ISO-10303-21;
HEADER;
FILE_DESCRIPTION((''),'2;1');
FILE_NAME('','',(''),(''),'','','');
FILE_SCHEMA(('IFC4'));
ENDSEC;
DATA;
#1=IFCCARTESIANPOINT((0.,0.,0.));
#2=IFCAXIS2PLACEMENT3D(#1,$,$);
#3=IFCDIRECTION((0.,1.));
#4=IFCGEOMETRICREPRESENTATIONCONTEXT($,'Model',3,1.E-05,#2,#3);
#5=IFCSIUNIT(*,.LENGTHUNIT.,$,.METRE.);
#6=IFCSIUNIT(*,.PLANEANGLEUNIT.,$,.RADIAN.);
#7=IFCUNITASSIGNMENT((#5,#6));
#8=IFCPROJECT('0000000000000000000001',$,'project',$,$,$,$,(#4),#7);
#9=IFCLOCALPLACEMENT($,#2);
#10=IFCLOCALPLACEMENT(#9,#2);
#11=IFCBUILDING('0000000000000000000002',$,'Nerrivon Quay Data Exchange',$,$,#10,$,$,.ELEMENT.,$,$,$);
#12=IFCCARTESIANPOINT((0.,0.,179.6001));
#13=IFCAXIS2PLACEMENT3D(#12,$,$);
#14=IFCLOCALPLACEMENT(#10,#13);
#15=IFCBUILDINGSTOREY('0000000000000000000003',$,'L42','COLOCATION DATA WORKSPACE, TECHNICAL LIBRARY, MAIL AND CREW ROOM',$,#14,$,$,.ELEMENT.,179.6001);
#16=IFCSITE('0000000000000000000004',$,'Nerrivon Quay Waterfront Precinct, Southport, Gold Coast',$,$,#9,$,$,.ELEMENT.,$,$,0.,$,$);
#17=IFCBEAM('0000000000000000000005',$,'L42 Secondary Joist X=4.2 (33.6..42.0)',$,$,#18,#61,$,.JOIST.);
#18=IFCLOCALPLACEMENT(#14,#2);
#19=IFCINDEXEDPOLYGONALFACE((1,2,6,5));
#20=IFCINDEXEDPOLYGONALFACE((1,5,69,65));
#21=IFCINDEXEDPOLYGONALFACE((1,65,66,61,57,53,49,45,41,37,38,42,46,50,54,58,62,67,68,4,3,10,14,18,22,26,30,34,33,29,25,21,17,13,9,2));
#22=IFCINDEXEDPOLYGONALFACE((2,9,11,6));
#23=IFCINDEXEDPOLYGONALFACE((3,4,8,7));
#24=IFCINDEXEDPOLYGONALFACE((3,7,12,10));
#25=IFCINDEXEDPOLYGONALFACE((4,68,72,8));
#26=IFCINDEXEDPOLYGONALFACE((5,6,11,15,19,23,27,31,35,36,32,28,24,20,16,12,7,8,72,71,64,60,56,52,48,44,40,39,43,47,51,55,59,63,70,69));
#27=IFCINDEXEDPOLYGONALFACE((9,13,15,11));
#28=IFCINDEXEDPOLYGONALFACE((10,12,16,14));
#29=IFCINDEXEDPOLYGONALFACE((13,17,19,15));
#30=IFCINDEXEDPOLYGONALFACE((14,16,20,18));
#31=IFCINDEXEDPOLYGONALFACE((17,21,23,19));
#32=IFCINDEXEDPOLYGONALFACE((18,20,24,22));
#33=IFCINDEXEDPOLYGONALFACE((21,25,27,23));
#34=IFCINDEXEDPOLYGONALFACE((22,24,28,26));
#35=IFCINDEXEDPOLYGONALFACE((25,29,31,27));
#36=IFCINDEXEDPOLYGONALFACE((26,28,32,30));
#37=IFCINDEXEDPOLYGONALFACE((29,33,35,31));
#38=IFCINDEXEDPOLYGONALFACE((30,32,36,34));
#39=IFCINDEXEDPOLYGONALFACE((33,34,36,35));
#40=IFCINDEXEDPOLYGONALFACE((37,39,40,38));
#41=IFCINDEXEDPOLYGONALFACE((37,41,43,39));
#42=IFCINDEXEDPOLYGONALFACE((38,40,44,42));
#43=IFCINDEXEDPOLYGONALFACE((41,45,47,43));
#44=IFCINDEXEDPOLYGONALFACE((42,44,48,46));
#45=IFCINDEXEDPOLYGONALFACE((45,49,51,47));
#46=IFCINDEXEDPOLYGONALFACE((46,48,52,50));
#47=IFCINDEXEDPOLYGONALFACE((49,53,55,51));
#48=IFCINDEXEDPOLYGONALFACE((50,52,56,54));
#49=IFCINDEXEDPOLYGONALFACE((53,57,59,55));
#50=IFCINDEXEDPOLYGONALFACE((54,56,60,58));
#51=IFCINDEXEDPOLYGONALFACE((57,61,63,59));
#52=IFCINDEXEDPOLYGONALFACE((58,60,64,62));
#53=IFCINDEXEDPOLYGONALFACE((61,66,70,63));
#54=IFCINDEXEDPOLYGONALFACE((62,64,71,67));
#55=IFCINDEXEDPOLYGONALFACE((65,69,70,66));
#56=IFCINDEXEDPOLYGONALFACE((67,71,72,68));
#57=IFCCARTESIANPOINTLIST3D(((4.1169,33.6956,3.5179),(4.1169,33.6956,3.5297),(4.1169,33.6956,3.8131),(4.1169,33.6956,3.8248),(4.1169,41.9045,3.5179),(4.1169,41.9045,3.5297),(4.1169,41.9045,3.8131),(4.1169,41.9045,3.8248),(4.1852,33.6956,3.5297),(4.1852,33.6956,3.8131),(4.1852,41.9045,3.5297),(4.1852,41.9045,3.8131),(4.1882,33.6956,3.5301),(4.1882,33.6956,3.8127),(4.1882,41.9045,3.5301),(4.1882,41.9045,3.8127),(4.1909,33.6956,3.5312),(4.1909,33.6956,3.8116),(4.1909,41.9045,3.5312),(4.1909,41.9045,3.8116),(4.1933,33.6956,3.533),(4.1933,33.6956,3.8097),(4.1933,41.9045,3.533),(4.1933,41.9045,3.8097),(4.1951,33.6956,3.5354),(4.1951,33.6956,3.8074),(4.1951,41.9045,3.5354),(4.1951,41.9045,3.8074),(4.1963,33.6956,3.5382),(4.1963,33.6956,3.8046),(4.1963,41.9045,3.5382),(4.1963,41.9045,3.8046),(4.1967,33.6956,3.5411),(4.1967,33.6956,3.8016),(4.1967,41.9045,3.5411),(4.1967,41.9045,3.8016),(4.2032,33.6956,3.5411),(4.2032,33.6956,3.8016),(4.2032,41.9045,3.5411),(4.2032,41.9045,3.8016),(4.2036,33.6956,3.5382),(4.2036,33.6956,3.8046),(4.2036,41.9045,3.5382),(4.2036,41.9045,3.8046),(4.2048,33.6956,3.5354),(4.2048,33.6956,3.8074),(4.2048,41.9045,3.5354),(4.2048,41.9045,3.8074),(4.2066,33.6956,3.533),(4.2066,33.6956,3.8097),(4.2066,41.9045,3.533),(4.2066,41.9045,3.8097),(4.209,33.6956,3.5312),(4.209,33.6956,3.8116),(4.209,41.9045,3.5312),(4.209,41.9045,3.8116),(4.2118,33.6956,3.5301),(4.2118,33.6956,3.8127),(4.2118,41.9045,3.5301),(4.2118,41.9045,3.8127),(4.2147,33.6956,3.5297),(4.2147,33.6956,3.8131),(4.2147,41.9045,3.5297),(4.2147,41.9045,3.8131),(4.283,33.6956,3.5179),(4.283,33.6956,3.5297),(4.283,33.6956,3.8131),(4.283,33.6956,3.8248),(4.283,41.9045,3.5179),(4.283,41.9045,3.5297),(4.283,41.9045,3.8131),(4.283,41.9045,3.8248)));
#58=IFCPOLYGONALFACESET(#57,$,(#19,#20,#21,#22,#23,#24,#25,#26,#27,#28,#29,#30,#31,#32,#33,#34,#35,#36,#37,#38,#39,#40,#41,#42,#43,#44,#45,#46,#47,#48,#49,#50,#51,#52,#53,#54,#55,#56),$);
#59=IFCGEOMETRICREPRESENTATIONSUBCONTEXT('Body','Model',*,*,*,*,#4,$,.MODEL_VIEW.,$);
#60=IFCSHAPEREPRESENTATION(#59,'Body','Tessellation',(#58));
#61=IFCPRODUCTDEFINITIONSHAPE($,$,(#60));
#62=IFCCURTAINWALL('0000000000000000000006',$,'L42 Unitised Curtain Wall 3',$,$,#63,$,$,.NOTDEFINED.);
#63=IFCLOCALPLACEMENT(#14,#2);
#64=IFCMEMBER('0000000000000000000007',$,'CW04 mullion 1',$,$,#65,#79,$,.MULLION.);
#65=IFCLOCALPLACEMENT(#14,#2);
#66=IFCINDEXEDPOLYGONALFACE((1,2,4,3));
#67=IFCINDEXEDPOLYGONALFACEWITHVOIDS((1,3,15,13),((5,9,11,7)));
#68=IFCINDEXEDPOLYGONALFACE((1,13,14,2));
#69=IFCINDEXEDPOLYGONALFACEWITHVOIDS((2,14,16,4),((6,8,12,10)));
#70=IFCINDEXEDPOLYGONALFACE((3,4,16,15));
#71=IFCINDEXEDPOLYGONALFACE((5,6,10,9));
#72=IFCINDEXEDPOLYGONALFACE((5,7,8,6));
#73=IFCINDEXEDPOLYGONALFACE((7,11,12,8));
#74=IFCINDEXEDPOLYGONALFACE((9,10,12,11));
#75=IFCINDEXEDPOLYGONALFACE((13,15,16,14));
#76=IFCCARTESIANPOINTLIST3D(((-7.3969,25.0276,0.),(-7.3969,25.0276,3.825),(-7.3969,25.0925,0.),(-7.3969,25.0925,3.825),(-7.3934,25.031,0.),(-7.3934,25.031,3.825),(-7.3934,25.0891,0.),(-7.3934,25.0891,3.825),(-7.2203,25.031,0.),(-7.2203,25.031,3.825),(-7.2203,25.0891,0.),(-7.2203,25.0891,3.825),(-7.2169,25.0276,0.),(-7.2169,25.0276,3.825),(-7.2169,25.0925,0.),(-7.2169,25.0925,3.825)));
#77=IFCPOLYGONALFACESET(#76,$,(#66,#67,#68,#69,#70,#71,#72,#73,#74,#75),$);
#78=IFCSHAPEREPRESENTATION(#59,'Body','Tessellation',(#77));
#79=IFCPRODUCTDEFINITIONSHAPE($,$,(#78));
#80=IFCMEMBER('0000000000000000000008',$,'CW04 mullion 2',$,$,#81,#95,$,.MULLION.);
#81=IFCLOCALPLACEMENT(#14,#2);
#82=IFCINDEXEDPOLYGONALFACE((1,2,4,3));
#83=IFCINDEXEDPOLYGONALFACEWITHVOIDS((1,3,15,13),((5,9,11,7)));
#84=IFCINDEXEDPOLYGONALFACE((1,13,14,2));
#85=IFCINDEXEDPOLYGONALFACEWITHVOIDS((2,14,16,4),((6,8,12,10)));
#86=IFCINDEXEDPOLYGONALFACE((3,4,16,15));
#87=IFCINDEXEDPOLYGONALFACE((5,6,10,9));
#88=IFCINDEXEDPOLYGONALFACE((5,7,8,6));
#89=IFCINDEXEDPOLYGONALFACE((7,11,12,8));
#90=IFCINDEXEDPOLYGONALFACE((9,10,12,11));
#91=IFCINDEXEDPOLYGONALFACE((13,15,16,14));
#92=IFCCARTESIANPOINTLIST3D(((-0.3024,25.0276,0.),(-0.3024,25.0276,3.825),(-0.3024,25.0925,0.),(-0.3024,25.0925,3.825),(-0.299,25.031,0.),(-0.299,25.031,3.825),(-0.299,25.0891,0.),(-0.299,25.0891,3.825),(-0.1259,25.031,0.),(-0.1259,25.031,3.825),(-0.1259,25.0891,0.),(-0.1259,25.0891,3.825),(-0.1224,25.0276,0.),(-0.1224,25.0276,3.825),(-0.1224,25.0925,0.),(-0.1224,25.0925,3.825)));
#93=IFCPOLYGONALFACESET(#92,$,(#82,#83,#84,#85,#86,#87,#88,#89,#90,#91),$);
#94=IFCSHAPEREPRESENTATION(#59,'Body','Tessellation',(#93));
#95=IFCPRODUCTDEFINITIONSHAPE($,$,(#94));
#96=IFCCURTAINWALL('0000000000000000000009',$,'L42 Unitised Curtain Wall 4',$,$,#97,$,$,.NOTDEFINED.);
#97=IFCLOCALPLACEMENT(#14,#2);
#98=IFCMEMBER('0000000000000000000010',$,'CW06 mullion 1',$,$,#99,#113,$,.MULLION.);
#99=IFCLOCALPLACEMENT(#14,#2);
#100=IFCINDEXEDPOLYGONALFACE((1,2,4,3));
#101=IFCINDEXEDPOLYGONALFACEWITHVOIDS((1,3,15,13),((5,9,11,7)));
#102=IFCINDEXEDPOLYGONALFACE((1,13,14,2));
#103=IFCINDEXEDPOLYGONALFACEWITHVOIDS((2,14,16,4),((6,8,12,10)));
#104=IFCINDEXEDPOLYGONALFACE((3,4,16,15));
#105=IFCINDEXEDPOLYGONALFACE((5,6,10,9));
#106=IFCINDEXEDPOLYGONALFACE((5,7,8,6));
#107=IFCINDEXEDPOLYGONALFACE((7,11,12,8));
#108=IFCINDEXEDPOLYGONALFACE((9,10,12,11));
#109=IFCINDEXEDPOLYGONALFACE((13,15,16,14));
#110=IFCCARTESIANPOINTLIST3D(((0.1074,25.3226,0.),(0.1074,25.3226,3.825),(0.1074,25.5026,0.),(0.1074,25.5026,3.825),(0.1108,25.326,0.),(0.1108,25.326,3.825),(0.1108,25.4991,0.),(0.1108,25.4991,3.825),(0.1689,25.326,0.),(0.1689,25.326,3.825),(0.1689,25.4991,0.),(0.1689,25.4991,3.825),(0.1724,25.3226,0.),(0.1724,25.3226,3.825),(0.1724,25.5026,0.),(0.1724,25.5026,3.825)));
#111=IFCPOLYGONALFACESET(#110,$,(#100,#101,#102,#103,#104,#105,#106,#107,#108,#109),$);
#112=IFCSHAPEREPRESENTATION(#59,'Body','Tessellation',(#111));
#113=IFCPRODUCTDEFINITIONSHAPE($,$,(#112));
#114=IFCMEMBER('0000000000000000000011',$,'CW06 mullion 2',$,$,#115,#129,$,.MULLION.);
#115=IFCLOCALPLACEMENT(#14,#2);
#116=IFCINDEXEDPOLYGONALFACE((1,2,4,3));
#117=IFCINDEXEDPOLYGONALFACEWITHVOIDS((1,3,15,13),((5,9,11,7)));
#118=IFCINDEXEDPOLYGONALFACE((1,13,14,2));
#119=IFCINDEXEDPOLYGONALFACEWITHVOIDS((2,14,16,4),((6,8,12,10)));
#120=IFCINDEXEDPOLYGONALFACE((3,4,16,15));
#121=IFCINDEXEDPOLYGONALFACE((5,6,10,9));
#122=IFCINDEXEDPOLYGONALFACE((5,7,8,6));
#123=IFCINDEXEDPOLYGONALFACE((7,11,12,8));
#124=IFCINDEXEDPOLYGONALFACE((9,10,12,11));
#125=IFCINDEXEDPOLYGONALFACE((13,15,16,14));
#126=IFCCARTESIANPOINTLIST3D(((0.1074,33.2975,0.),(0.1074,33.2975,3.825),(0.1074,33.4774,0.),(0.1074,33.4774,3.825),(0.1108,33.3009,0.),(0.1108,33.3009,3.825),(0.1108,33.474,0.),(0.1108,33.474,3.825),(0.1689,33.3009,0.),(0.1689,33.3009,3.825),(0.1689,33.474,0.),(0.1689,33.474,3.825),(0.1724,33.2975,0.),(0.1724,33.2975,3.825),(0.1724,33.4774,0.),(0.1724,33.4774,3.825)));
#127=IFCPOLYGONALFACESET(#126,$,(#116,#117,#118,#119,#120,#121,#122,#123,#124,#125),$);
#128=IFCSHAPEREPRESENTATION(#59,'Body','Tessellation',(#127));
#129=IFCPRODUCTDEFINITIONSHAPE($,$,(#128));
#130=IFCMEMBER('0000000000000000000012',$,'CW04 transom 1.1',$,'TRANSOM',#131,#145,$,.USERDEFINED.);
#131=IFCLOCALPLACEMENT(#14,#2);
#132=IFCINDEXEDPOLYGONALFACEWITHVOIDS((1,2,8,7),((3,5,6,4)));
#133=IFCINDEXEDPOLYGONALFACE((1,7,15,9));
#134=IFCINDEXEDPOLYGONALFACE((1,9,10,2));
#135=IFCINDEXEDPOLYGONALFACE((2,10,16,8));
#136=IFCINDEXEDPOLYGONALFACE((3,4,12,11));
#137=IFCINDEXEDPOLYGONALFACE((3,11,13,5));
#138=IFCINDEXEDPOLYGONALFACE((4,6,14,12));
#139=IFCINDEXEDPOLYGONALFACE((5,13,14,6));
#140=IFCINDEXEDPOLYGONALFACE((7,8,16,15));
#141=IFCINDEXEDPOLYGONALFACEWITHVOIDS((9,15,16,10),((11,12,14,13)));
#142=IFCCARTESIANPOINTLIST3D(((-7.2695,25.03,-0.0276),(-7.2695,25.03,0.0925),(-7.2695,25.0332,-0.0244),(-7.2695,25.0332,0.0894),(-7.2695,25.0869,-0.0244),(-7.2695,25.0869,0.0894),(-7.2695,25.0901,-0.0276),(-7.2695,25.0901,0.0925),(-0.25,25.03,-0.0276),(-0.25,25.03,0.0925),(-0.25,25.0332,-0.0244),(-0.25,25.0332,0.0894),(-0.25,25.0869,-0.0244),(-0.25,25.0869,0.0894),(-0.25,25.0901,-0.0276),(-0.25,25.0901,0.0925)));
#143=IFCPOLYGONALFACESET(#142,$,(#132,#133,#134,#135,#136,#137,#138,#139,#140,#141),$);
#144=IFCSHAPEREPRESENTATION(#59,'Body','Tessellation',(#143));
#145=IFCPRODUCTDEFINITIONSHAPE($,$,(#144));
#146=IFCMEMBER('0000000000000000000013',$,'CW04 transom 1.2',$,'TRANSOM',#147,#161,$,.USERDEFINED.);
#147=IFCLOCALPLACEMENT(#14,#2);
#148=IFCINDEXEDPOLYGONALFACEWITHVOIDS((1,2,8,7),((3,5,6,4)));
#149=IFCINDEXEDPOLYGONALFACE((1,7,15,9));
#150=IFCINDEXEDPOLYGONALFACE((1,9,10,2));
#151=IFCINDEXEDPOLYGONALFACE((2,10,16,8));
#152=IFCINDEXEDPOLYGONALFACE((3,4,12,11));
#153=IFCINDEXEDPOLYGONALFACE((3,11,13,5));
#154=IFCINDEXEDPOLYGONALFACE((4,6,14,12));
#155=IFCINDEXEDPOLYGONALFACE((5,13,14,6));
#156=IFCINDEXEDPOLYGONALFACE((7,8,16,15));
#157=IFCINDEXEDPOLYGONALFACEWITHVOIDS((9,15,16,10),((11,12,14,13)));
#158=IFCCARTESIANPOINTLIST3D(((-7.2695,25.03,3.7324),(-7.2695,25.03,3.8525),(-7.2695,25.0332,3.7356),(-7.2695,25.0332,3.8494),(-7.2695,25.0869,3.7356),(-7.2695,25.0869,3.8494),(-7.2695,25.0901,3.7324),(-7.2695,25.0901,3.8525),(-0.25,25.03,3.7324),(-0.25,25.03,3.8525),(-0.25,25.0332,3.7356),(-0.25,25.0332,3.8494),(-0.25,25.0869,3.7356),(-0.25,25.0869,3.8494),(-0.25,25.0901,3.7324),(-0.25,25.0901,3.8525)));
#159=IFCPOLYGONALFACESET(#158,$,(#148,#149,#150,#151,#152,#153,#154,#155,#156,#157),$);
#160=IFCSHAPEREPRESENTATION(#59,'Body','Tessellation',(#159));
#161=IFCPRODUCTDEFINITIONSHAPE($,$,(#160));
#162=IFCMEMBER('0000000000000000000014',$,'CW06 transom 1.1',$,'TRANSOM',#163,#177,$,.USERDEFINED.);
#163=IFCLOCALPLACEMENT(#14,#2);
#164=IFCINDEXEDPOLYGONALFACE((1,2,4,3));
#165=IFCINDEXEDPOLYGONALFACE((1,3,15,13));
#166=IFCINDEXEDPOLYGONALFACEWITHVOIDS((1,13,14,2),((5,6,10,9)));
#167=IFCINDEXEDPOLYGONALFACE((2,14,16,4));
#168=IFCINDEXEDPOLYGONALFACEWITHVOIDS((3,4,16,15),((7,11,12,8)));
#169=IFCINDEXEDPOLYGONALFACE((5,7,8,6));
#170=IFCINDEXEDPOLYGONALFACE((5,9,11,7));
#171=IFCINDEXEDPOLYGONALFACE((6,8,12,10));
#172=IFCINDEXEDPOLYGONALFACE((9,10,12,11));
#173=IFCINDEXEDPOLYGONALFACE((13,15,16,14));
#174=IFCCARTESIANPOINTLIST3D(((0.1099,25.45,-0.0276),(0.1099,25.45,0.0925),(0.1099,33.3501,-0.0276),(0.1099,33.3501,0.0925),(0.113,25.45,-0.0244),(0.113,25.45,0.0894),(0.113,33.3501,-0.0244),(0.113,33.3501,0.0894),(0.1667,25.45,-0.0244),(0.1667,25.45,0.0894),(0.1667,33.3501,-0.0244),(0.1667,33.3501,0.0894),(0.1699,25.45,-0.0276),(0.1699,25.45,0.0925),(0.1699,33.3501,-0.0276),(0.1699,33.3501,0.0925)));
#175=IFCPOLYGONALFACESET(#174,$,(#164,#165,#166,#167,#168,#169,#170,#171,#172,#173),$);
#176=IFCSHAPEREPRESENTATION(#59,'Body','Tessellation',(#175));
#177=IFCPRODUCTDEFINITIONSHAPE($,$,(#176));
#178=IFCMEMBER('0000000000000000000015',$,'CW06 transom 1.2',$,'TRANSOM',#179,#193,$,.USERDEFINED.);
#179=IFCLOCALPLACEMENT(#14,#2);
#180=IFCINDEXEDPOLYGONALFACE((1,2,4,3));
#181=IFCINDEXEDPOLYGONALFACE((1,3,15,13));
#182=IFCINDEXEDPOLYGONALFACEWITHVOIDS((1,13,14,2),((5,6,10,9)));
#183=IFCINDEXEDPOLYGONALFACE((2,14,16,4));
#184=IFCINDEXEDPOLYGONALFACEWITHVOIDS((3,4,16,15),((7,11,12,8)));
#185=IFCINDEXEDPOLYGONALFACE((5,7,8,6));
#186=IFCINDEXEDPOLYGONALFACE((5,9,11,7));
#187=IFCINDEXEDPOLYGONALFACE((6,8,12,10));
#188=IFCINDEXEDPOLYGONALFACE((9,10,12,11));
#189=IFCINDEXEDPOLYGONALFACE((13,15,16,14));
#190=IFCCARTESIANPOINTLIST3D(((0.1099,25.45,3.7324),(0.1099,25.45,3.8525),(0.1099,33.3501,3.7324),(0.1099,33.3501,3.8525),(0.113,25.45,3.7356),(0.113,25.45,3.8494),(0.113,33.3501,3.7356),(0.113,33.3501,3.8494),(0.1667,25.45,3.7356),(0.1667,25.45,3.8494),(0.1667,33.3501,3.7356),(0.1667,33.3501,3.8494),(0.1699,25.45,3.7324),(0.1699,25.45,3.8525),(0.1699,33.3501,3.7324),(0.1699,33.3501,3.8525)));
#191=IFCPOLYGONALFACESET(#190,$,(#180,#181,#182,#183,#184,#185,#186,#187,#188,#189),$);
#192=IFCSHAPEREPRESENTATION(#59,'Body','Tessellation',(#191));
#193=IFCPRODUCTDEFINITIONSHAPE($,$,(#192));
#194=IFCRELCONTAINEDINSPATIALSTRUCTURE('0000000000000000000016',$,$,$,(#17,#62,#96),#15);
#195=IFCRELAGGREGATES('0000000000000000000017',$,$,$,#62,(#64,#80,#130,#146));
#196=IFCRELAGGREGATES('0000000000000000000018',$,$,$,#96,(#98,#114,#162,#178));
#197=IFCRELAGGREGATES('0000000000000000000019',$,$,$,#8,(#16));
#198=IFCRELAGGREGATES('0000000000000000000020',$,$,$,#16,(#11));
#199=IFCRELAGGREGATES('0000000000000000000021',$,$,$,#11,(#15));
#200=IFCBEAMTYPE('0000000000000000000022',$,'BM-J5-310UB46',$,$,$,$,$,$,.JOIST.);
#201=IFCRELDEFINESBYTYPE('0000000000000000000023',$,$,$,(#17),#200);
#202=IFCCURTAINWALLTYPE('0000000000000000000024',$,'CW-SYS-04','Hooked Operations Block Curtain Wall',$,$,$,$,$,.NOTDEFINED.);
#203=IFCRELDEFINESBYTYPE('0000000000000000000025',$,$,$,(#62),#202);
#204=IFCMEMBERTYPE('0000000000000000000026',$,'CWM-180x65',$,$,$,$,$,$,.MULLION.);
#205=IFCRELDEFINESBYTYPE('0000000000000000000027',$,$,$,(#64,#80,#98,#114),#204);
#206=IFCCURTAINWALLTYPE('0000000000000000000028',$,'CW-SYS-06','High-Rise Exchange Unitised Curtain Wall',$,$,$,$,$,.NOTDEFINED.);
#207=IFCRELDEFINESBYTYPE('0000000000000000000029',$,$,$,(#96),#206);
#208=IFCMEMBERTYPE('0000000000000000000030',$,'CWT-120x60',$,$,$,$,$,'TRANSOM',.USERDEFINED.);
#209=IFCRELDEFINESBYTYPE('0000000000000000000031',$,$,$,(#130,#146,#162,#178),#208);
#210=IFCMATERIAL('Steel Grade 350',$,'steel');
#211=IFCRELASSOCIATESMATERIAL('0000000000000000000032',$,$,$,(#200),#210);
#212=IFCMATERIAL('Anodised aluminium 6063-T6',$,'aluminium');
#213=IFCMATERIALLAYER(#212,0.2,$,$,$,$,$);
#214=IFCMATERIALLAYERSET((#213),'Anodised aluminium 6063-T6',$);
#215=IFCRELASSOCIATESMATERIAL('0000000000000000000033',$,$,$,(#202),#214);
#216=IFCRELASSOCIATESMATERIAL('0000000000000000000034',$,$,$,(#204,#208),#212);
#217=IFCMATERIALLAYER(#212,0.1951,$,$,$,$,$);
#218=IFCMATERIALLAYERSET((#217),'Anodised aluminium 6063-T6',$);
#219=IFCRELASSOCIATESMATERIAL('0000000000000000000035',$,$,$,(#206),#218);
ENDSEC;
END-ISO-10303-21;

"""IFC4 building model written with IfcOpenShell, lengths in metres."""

from ifc_helpers import new_model, si_unit, direction, frame, origin, origin_2d, place, context, subcontext, project, spatial, hollow_rectangle, i_section, extrude, material, layer, layer_set, material_profile, profile_set, type_object, element, aggregate, save


model = new_model("IFC4")

# Units and contexts
model_context = context("Model", 3, precision=1e-05, world=origin(), true_north=direction((0.0, 1.0)))
body_context = subcontext(model_context, "Body", "Model", "MODEL_VIEW")
ifc_project = project(units=[si_unit("LENGTHUNIT", "METRE"), si_unit("PLANEANGLEUNIT", "RADIAN")], contexts=[model_context])

# Site, building, storey
site_placement = place(None, origin())
site = spatial("IfcSite", under=ifc_project, at=site_placement, Name="Nerrivon Quay Waterfront Precinct, Southport, Gold Coast", CompositionType="ELEMENT", RefElevation=0.0)
building_placement = place(site_placement, origin())
building = spatial("IfcBuilding", under=site, at=building_placement, Name="Nerrivon Quay Data Exchange", CompositionType="ELEMENT")
storey_placement = place(building_placement, frame((0.0, 0.0, 179.6001)))
storey = spatial("IfcBuildingStorey", under=building, at=storey_placement, Name="L42", Description="COLOCATION DATA WORKSPACE, TECHNICAL LIBRARY, MAIL AND CREW ROOM", CompositionType="ELEMENT", Elevation=179.6001)

# Shared definitions
ifc_material_1 = material(Name="Steel Grade 350", Category="steel")

# Beam
ifc_material_profile_1 = material_profile(ifc_material_1, i_section(OverallWidth=0.166, OverallDepth=0.3069, WebThickness=0.0066, FlangeThickness=0.0117, FilletRadius=0.0115, at=origin_2d()), Name="310UB46.2")
ifc_profile_set_1 = profile_set([ifc_material_profile_1], Name="Steel Grade 350")
beam_type_1 = type_object("IfcBeamType", Name="BM-J5-310UB46", PredefinedType="JOIST", material=ifc_profile_set_1)
beam_1_placement = place(storey_placement, frame((4.2, 33.6956, 3.6714), z_axis=(0.0, 1.0, 0.0), x_axis=(-1.0, 0.0, 0.0)))
element("IfcBeam", 1, at=beam_1_placement, inside=storey, type_object=beam_type_1, Name="L42 Secondary Joist X=4.2 (33.6..42.0)", PredefinedType="JOIST", context=body_context, shape_type="SweptSolid", body=[
    extrude(i_section(OverallWidth=0.166, OverallDepth=0.3069, WebThickness=0.0066, FlangeThickness=0.0117, FilletRadius=0.0115, at=origin_2d()), origin(), (0.0, 0.0, 1.0), 8.209),
])

# Curtain walls, members
ifc_material_2 = material(Name="Anodised aluminium 6063-T6", Category="aluminium")
ifc_layer_1 = layer(ifc_material_2, 0.2)
ifc_layer_set_1 = layer_set([ifc_layer_1], Name="Anodised aluminium 6063-T6")
curtain_wall_type_1 = type_object("IfcCurtainWallType", Name="CW-SYS-04", Description="Hooked Operations Block Curtain Wall", PredefinedType="NOTDEFINED", material=ifc_layer_set_1)
curtain_wall_1_placement = place(storey_placement, origin())
curtain_wall_1 = element("IfcCurtainWall", 2, at=curtain_wall_1_placement, inside=storey, type_object=curtain_wall_type_1, Name="L42 Unitised Curtain Wall 3", PredefinedType="NOTDEFINED")
ifc_material_profile_2 = material_profile(ifc_material_2, hollow_rectangle(XDim=0.0649, YDim=0.1799, WallThickness=0.0034, at=origin_2d()), Name="ALU-MULL-180x65")
ifc_profile_set_2 = profile_set([ifc_material_profile_2], Name="Anodised aluminium 6063-T6")
member_type_1 = type_object("IfcMemberType", Name="CWM-180x65", PredefinedType="MULLION", material=ifc_profile_set_2)
member_1_placement = place(storey_placement, frame((-7.3069, 25.0601, 0.0), z_axis=(0.0, 0.0, 1.0), x_axis=(0.0, 1.0, 0.0)))
member_1 = element("IfcMember", 3, at=member_1_placement, type_object=member_type_1, Name="CW04 mullion 1", PredefinedType="MULLION", context=body_context, shape_type="SweptSolid", body=[
    extrude(hollow_rectangle(XDim=0.0649, YDim=0.1799, WallThickness=0.0034, at=origin_2d()), origin(), (0.0, 0.0, 1.0), 3.825),
])
member_2_placement = place(storey_placement, frame((-0.2124, 25.0601, 0.0), z_axis=(0.0, 0.0, 1.0), x_axis=(0.0, 1.0, 0.0)))
member_2 = element("IfcMember", 4, at=member_2_placement, type_object=member_type_1, Name="CW04 mullion 2", PredefinedType="MULLION", context=body_context, shape_type="SweptSolid", body=[
    extrude(hollow_rectangle(XDim=0.0649, YDim=0.1799, WallThickness=0.0034, at=origin_2d()), origin(), (0.0, 0.0, 1.0), 3.825),
])
ifc_layer_2 = layer(ifc_material_2, 0.1951)
ifc_layer_set_2 = layer_set([ifc_layer_2], Name="Anodised aluminium 6063-T6")
curtain_wall_type_2 = type_object("IfcCurtainWallType", Name="CW-SYS-06", Description="High-Rise Exchange Unitised Curtain Wall", PredefinedType="NOTDEFINED", material=ifc_layer_set_2)
curtain_wall_2_placement = place(storey_placement, origin())
curtain_wall_2 = element("IfcCurtainWall", 5, at=curtain_wall_2_placement, inside=storey, type_object=curtain_wall_type_2, Name="L42 Unitised Curtain Wall 4", PredefinedType="NOTDEFINED")
member_3_placement = place(storey_placement, frame((0.1399, 25.4126, 0.0), z_axis=(0.0, 0.0, 1.0), x_axis=(-1.0, 0.0, 0.0)))
member_3 = element("IfcMember", 6, at=member_3_placement, type_object=member_type_1, Name="CW06 mullion 1", PredefinedType="MULLION", context=body_context, shape_type="SweptSolid", body=[
    extrude(hollow_rectangle(XDim=0.0649, YDim=0.1799, WallThickness=0.0034, at=origin_2d()), origin(), (0.0, 0.0, 1.0), 3.825),
])
member_4_placement = place(storey_placement, frame((0.1399, 33.3875, 0.0), z_axis=(0.0, 0.0, 1.0), x_axis=(-1.0, 0.0, 0.0)))
member_4 = element("IfcMember", 7, at=member_4_placement, type_object=member_type_1, Name="CW06 mullion 2", PredefinedType="MULLION", context=body_context, shape_type="SweptSolid", body=[
    extrude(hollow_rectangle(XDim=0.0649, YDim=0.1799, WallThickness=0.0034, at=origin_2d()), origin(), (0.0, 0.0, 1.0), 3.825),
])

# Members
ifc_material_profile_3 = material_profile(ifc_material_2, hollow_rectangle(XDim=0.0601, YDim=0.1201, WallThickness=0.0032, at=origin_2d()), Name="ALU-TRAN-120x60")
ifc_profile_set_3 = profile_set([ifc_material_profile_3], Name="Anodised aluminium 6063-T6")
member_type_2 = type_object("IfcMemberType", Name="CWT-120x60", ElementType="TRANSOM", PredefinedType="USERDEFINED", material=ifc_profile_set_3)
member_5_placement = place(storey_placement, frame((-7.2695, 25.0601, 0.0325), z_axis=(1.0, 0.0, 0.0), x_axis=(0.0, 1.0, 0.0)))
member_5 = element("IfcMember", 8, at=member_5_placement, type_object=member_type_2, Name="CW04 transom 1.1", ObjectType="TRANSOM", PredefinedType="USERDEFINED", context=body_context, shape_type="SweptSolid", body=[
    extrude(hollow_rectangle(XDim=0.0601, YDim=0.1201, WallThickness=0.0032, at=origin_2d()), origin(), (0.0, 0.0, 1.0), 7.0195),
])
member_6_placement = place(storey_placement, frame((-7.2695, 25.0601, 3.7925), z_axis=(1.0, 0.0, 0.0), x_axis=(0.0, 1.0, 0.0)))
member_6 = element("IfcMember", 9, at=member_6_placement, type_object=member_type_2, Name="CW04 transom 1.2", ObjectType="TRANSOM", PredefinedType="USERDEFINED", context=body_context, shape_type="SweptSolid", body=[
    extrude(hollow_rectangle(XDim=0.0601, YDim=0.1201, WallThickness=0.0032, at=origin_2d()), origin(), (0.0, 0.0, 1.0), 7.0195),
])
member_7_placement = place(storey_placement, frame((0.1399, 25.45, 0.0325), z_axis=(0.0, 1.0, 0.0), x_axis=(-1.0, 0.0, 0.0)))
member_7 = element("IfcMember", 10, at=member_7_placement, type_object=member_type_2, Name="CW06 transom 1.1", ObjectType="TRANSOM", PredefinedType="USERDEFINED", context=body_context, shape_type="SweptSolid", body=[
    extrude(hollow_rectangle(XDim=0.0601, YDim=0.1201, WallThickness=0.0032, at=origin_2d()), origin(), (0.0, 0.0, 1.0), 7.9001),
])
member_8_placement = place(storey_placement, frame((0.1399, 25.45, 3.7925), z_axis=(0.0, 1.0, 0.0), x_axis=(-1.0, 0.0, 0.0)))
member_8 = element("IfcMember", 11, at=member_8_placement, type_object=member_type_2, Name="CW06 transom 1.2", ObjectType="TRANSOM", PredefinedType="USERDEFINED", context=body_context, shape_type="SweptSolid", body=[
    extrude(hollow_rectangle(XDim=0.0601, YDim=0.1201, WallThickness=0.0032, at=origin_2d()), origin(), (0.0, 0.0, 1.0), 7.9001),
])

aggregate(curtain_wall_1, [member_1, member_2, member_5, member_6])
aggregate(curtain_wall_2, [member_3, member_4, member_7, member_8])

save(model, "model.ifc")
